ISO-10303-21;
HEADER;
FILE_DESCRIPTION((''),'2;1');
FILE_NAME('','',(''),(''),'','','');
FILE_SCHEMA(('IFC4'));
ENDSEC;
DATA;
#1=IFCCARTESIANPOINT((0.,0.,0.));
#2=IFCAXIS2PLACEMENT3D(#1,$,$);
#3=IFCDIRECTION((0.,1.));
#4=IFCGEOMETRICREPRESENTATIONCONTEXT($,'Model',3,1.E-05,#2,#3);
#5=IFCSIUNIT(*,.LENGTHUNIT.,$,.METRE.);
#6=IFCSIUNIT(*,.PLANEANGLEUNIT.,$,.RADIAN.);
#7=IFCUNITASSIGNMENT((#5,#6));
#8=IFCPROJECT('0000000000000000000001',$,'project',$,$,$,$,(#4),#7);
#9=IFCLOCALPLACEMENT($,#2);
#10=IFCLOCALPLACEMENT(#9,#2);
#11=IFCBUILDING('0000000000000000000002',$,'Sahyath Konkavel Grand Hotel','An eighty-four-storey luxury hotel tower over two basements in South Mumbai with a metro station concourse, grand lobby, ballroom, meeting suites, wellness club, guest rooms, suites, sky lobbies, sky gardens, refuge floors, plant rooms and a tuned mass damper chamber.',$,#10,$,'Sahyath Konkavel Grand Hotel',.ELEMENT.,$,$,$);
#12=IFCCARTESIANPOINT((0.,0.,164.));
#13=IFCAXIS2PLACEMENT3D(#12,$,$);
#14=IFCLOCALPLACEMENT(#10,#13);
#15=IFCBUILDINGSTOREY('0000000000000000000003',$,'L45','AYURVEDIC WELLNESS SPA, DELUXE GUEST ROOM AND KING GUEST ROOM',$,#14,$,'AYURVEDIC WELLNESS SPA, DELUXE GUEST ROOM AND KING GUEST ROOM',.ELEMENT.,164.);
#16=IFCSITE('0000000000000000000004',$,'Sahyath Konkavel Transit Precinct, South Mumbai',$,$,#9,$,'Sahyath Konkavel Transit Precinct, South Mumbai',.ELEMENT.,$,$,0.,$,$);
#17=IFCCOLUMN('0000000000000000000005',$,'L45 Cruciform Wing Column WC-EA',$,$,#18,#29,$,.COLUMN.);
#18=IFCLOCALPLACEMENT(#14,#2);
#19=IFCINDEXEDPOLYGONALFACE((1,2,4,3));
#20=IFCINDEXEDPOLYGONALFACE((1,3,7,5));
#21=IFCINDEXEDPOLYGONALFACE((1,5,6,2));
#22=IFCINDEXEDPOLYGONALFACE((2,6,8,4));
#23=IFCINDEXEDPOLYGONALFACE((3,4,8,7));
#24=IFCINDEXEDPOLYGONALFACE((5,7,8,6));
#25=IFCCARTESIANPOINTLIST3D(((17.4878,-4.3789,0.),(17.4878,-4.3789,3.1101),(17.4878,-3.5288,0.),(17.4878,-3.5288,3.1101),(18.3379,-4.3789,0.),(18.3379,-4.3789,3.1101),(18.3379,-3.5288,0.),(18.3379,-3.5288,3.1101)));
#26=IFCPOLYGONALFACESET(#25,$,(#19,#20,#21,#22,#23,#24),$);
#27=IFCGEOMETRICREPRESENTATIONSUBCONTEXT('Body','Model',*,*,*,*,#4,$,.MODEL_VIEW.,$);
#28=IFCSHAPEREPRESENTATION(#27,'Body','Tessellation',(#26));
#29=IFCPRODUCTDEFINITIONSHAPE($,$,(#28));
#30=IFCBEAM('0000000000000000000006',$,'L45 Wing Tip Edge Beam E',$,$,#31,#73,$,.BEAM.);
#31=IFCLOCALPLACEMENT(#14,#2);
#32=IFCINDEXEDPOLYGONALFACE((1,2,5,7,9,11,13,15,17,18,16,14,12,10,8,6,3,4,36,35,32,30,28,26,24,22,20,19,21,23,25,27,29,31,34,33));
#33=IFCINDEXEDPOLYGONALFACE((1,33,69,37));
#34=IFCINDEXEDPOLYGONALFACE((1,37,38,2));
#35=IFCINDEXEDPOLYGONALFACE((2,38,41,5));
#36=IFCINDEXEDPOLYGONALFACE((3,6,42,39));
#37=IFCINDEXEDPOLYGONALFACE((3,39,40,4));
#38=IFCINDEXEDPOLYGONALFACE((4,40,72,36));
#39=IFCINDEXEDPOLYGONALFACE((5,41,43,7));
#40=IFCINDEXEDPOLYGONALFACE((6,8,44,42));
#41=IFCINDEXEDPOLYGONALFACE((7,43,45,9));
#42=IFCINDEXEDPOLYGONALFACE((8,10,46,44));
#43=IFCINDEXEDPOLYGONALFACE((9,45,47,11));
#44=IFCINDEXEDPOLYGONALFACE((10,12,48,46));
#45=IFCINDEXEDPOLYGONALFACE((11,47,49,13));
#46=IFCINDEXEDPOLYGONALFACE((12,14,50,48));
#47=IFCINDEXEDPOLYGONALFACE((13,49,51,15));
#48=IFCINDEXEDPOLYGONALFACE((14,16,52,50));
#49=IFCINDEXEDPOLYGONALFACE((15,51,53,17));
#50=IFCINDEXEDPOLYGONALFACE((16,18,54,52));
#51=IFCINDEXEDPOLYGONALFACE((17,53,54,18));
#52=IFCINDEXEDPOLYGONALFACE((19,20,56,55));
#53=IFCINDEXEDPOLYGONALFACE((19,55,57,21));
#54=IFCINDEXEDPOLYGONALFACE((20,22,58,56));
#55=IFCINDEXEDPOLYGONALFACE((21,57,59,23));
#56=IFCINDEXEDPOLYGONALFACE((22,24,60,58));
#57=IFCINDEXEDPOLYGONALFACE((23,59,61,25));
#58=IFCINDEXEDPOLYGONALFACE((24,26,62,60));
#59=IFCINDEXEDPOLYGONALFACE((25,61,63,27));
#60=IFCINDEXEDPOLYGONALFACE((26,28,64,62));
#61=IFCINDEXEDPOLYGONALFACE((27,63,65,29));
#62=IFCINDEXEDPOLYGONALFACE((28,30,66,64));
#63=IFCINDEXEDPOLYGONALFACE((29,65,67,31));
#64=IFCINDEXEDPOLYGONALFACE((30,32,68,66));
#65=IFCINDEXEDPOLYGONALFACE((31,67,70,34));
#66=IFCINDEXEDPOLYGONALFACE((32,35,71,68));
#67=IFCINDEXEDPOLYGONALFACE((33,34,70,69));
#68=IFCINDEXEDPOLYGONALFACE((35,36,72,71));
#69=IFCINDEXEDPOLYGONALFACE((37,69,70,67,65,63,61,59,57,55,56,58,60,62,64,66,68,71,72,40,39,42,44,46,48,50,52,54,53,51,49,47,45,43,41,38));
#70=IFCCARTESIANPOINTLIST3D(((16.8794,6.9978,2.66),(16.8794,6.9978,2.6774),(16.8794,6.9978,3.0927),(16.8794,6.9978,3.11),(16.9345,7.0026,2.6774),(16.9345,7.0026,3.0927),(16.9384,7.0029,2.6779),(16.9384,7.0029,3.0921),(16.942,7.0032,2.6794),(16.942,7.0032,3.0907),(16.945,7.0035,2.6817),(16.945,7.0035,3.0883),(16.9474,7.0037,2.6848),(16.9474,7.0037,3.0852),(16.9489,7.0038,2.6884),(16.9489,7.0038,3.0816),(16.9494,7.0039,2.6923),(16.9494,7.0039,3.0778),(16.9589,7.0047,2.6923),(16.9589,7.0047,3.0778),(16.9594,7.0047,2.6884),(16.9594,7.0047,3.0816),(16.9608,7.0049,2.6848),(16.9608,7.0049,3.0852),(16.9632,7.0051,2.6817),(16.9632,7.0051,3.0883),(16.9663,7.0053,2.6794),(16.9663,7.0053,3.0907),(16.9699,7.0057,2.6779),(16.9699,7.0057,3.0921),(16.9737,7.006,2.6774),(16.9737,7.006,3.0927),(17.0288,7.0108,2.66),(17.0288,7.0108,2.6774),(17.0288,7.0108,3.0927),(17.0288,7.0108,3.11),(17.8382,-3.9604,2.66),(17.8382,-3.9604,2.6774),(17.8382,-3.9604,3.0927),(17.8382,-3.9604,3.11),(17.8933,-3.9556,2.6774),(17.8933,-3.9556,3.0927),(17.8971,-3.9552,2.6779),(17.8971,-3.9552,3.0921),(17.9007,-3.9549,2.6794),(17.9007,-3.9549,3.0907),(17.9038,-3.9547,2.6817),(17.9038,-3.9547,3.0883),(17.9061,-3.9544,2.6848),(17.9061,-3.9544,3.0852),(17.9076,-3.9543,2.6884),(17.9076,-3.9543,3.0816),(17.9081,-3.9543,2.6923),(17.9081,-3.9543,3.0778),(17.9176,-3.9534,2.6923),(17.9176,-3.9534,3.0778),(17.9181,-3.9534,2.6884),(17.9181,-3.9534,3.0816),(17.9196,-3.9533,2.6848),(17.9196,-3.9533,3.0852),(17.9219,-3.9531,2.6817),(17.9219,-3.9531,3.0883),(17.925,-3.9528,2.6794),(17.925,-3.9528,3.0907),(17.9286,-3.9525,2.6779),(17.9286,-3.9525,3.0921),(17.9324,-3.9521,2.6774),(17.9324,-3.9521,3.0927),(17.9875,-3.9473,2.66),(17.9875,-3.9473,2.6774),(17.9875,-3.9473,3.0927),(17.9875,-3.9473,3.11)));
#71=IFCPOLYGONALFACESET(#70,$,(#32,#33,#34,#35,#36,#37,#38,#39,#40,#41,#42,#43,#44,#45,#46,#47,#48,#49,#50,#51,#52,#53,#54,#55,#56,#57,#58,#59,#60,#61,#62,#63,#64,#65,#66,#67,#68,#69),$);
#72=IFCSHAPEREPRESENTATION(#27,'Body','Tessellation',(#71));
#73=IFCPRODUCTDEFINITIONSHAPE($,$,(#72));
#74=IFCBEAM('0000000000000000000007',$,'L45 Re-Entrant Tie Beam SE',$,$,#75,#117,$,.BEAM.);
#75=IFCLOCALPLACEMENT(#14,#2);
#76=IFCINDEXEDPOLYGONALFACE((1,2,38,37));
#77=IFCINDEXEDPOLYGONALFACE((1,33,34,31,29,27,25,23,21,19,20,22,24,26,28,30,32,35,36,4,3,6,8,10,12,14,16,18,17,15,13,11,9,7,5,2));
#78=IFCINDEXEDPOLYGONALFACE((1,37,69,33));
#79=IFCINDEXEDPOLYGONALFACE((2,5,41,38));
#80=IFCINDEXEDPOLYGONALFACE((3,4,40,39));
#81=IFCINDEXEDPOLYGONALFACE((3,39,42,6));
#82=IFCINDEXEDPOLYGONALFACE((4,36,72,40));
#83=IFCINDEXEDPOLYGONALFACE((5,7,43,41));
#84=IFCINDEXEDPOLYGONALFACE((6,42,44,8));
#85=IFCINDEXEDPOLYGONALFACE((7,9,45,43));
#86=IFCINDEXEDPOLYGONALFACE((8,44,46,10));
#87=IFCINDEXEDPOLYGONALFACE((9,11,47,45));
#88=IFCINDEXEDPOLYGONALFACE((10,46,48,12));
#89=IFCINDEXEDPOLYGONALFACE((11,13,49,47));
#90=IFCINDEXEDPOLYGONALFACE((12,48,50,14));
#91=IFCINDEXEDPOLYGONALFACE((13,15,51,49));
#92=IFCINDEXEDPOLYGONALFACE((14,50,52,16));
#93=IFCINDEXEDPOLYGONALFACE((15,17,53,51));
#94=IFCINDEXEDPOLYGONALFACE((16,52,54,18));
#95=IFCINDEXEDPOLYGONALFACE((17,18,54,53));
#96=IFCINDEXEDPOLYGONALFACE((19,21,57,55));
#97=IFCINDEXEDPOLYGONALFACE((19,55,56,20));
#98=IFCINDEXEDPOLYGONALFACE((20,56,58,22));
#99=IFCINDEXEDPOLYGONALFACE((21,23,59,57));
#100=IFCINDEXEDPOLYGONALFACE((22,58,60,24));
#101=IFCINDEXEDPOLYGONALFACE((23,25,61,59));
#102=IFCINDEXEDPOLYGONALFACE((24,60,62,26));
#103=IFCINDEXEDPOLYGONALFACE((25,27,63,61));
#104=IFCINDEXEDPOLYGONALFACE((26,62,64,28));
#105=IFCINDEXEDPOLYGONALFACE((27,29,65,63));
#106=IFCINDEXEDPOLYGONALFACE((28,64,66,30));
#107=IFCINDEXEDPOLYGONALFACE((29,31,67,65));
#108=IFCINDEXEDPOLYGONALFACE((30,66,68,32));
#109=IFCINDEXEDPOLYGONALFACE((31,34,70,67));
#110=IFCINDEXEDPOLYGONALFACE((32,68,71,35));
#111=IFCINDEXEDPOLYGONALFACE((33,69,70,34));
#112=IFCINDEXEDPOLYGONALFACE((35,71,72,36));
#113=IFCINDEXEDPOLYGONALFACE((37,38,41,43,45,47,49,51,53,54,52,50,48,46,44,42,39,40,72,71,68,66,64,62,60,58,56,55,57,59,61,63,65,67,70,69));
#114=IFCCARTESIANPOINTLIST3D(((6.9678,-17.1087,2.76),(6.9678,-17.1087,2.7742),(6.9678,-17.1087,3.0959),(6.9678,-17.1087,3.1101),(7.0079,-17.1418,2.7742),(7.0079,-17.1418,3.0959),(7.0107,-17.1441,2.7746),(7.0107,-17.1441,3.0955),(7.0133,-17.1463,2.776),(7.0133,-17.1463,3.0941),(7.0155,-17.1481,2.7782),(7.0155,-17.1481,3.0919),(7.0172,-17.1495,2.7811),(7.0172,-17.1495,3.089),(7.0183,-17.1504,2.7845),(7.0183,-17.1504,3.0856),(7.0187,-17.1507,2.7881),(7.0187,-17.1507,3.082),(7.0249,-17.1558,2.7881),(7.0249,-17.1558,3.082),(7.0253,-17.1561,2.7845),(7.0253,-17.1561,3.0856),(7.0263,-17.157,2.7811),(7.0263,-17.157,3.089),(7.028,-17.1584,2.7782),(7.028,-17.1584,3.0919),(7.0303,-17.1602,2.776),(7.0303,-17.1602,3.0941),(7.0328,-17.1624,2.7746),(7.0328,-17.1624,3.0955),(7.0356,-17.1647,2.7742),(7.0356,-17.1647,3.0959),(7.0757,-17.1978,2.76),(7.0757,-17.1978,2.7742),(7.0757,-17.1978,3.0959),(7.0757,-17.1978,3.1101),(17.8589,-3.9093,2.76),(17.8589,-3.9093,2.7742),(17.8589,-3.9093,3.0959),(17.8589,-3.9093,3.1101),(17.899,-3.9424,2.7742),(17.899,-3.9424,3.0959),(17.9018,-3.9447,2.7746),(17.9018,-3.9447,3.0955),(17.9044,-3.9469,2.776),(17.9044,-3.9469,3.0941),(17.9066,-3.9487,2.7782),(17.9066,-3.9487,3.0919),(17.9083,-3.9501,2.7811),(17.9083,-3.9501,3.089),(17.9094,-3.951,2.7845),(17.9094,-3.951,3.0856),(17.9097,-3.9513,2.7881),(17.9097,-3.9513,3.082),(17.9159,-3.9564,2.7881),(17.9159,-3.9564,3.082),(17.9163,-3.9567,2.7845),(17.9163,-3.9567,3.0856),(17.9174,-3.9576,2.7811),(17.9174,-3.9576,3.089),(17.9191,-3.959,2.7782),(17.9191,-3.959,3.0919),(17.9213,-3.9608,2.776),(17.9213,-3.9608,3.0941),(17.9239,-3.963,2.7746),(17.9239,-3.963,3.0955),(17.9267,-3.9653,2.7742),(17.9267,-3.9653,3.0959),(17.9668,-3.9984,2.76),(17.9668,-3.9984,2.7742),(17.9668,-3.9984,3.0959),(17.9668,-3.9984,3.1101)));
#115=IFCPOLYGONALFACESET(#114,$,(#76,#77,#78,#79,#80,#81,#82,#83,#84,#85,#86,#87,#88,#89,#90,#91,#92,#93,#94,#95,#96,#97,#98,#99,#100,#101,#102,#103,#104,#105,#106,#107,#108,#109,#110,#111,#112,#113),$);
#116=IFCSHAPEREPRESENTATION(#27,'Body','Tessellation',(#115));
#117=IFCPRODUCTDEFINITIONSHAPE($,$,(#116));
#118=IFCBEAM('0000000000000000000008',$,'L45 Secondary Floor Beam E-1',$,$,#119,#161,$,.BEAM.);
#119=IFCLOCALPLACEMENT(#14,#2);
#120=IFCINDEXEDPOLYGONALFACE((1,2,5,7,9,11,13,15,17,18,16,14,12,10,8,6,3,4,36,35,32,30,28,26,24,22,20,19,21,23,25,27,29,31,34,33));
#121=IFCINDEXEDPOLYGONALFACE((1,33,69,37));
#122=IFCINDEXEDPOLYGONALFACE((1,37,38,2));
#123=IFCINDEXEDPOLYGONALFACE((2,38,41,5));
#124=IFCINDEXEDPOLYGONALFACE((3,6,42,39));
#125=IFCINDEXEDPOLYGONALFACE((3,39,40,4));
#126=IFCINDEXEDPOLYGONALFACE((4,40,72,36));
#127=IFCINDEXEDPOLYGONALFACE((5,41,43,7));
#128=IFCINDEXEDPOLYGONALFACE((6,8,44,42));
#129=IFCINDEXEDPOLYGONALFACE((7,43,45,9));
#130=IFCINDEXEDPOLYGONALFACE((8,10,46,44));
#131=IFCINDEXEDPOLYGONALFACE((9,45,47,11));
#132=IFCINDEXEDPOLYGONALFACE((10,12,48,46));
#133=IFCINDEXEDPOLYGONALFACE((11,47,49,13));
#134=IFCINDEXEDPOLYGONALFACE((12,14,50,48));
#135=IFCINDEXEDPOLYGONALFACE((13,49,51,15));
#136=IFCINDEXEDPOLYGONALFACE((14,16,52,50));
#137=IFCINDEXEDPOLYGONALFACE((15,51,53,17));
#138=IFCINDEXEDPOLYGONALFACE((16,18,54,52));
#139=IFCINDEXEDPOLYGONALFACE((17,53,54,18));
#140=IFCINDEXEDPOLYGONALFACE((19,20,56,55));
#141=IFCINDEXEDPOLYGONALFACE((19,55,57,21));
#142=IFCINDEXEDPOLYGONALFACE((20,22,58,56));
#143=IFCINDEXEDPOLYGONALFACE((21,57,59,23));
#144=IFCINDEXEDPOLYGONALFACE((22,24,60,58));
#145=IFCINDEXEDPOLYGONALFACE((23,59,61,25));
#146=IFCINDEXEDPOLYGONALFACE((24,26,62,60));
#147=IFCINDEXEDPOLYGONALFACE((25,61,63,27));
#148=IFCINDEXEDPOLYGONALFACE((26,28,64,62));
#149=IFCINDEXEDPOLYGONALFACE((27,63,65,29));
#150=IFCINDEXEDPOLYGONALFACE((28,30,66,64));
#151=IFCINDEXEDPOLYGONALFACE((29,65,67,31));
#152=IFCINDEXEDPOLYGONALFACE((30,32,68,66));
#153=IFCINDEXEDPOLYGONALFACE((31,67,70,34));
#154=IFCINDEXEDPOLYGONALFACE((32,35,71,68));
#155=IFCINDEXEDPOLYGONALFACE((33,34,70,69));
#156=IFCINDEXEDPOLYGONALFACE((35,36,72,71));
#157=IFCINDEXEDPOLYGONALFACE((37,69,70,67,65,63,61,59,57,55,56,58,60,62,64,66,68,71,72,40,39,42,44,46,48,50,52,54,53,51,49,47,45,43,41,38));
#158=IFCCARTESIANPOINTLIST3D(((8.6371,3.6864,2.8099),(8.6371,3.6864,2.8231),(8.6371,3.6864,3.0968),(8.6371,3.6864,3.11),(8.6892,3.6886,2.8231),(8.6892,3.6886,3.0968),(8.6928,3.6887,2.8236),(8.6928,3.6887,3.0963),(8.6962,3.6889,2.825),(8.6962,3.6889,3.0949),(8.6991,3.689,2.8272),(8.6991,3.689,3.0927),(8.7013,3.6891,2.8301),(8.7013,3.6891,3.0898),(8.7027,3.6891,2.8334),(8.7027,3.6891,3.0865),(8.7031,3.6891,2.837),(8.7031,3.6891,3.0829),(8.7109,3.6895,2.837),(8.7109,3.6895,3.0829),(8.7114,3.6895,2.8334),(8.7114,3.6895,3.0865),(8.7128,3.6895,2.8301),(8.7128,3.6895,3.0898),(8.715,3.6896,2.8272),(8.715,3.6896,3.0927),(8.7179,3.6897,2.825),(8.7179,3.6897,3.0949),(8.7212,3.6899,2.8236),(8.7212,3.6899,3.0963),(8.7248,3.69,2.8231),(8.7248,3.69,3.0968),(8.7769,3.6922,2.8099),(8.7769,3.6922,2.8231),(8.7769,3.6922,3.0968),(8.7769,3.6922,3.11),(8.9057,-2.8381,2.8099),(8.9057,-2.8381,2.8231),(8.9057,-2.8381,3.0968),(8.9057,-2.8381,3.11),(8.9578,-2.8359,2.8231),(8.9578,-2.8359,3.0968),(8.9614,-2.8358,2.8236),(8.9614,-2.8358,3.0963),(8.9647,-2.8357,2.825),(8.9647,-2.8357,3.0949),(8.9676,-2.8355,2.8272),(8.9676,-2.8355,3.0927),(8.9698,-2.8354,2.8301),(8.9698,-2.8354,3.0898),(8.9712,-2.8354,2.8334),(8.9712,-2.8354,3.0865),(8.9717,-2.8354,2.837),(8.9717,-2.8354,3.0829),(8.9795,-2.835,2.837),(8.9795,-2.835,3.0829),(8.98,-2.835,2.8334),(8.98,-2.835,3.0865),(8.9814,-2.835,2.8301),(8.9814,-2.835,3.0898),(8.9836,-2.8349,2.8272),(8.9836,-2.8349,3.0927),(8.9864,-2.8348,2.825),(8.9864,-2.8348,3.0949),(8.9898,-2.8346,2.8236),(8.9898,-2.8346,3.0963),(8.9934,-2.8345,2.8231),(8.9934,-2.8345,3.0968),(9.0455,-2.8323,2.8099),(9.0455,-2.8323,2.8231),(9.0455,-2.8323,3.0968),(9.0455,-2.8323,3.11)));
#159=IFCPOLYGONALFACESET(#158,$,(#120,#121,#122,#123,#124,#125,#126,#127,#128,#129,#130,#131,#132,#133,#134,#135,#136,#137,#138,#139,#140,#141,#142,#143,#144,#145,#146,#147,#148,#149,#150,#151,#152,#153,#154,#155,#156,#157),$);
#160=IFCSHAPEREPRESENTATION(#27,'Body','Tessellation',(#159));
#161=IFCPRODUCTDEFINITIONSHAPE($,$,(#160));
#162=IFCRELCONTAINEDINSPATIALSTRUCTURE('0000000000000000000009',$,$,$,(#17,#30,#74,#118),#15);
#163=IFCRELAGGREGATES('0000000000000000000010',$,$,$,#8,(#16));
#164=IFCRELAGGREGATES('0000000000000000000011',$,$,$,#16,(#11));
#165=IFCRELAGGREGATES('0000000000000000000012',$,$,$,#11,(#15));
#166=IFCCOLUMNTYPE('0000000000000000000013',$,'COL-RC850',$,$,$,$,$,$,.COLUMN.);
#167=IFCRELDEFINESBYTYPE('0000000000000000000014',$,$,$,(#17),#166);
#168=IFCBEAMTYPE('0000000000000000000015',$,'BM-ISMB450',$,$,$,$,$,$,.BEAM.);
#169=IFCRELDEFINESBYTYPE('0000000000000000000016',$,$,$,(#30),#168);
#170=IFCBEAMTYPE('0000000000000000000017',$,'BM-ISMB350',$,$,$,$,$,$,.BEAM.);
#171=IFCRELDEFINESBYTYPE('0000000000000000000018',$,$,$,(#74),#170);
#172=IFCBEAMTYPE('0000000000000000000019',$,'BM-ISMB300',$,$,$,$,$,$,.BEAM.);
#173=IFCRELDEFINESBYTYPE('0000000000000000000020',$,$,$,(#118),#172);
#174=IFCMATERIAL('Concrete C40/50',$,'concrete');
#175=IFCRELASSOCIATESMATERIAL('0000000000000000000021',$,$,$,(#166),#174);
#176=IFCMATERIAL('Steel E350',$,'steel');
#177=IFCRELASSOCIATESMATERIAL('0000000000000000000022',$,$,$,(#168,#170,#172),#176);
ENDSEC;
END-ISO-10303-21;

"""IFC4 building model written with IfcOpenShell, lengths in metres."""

from ifc_helpers import new_model, si_unit, direction, frame, origin, origin_2d, place, context, subcontext, project, spatial, rectangle, i_section, extrude, source, transform, mapped, material, material_profile, profile_set, type_object, element, save


model = new_model("IFC4")

# Units and contexts
model_context = context("Model", 3, precision=1e-05, world=origin(), true_north=direction((0.0, 1.0)))
body_context = subcontext(model_context, "Body", "Model", "MODEL_VIEW")
ifc_project = project(units=[si_unit("LENGTHUNIT", "METRE"), si_unit("PLANEANGLEUNIT", "RADIAN")], contexts=[model_context])

# Site, building, storey
site_placement = place(None, origin())
site = spatial("IfcSite", under=ifc_project, at=site_placement, Name="Sahyath Konkavel Transit Precinct, South Mumbai", LongName="Sahyath Konkavel Transit Precinct, South Mumbai", CompositionType="ELEMENT", RefElevation=0.0)
building_placement = place(site_placement, origin())
building = spatial("IfcBuilding", under=site, at=building_placement, Name="Sahyath Konkavel Grand Hotel", Description="An eighty-four-storey luxury hotel tower over two basements in South Mumbai with a metro station concourse, grand lobby, ballroom, meeting suites, wellness club, guest rooms, suites, sky lobbies, sky gardens, refuge floors, plant rooms and a tuned mass damper chamber.", LongName="Sahyath Konkavel Grand Hotel", CompositionType="ELEMENT")
storey_placement = place(building_placement, frame((0.0, 0.0, 164.0)))
storey = spatial("IfcBuildingStorey", under=building, at=storey_placement, Name="L45", Description="AYURVEDIC WELLNESS SPA, DELUXE GUEST ROOM AND KING GUEST ROOM", LongName="AYURVEDIC WELLNESS SPA, DELUXE GUEST ROOM AND KING GUEST ROOM", CompositionType="ELEMENT", Elevation=164.0)

# Column
ifc_material_1 = material(Name="Concrete C40/50", Category="concrete")
ifc_material_profile_1 = material_profile(ifc_material_1, rectangle(XDim=0.8501, YDim=0.8501, at=origin_2d()), Name="RC 850x850")
ifc_profile_set_1 = profile_set([ifc_material_profile_1], Name="Concrete C40/50")
column_type = type_object("IfcColumnType", Name="COL-RC850", PredefinedType="COLUMN", material=ifc_profile_set_1)
shared_shape_1 = source(origin(), body_context, "Body", "SweptSolid", [
    extrude(rectangle(XDim=0.8501, YDim=0.8501, at=origin_2d()), origin(), (0.0, 0.0, 1.0), 3.1101),
])
column_placement = place(storey_placement, frame((17.9128, -3.9539, 0.0), z_axis=(0.0, 0.0, 1.0), x_axis=(1.0, 0.0, 0.0)))
element("IfcColumn", 1, at=column_placement, inside=storey, type_object=column_type, Name="L45 Cruciform Wing Column WC-EA", PredefinedType="COLUMN", context=body_context, shape_type="MappedRepresentation", body=[
    mapped(shared_shape_1, transform((0.0, 0.0, 0.0), scale=1.0)),
])

# Beams
ifc_material_2 = material(Name="Steel E350", Category="steel")
ifc_material_profile_2 = material_profile(ifc_material_2, i_section(OverallWidth=0.1499, OverallDepth=0.45, WebThickness=0.0095, FlangeThickness=0.0173, FilletRadius=0.0149, at=origin_2d()), Name="ISMB 450")
ifc_profile_set_2 = profile_set([ifc_material_profile_2], Name="Steel E350")
beam_type_1 = type_object("IfcBeamType", Name="BM-ISMB450", PredefinedType="BEAM", material=ifc_profile_set_2)
shared_shape_2 = source(origin(), body_context, "Body", "SweptSolid", [
    extrude(i_section(OverallWidth=0.1499, OverallDepth=0.45, WebThickness=0.0095, FlangeThickness=0.0173, FilletRadius=0.0149, at=origin_2d()), origin(), (0.0, 0.0, 1.0), 11.0),
])
beam_1_placement = place(storey_placement, frame((17.9128, -3.9539, 2.885), z_axis=(-0.087157, 0.996195, 0.0), x_axis=(-0.996195, -0.087157, 0.0)))
element("IfcBeam", 2, at=beam_1_placement, inside=storey, type_object=beam_type_1, Name="L45 Wing Tip Edge Beam E", PredefinedType="BEAM", context=body_context, shape_type="MappedRepresentation", body=[
    mapped(shared_shape_2, transform((0.0, 0.0, 0.0), scale=1.0)),
])
ifc_material_profile_3 = material_profile(ifc_material_2, i_section(OverallWidth=0.1399, OverallDepth=0.3501, WebThickness=0.0081, FlangeThickness=0.0142, FilletRadius=0.0139, at=origin_2d()), Name="ISMB 350")
ifc_profile_set_3 = profile_set([ifc_material_profile_3], Name="Steel E350")
beam_type_2 = type_object("IfcBeamType", Name="BM-ISMB350", PredefinedType="BEAM", material=ifc_profile_set_3)
shared_shape_3 = source(origin(), body_context, "Body", "SweptSolid", [
    extrude(i_section(OverallWidth=0.1399, OverallDepth=0.3501, WebThickness=0.0081, FlangeThickness=0.0142, FilletRadius=0.0139, at=origin_2d()), origin(), (0.0, 0.0, 1.0), 17.1125),
])
beam_2_placement = place(storey_placement, frame((17.9128, -3.9539, 2.9351), z_axis=(-0.636437, -0.771329, 0.0), x_axis=(0.771329, -0.636437, 0.0)))
element("IfcBeam", 3, at=beam_2_placement, inside=storey, type_object=beam_type_2, Name="L45 Re-Entrant Tie Beam SE", PredefinedType="BEAM", context=body_context, shape_type="MappedRepresentation", body=[
    mapped(shared_shape_3, transform((0.0, 0.0, 0.0), scale=1.0)),
])
ifc_material_profile_4 = material_profile(ifc_material_2, i_section(OverallWidth=0.1399, OverallDepth=0.3, WebThickness=0.0078, FlangeThickness=0.0132, FilletRadius=0.0139, at=origin_2d()), Name="ISMB 300")
ifc_profile_set_4 = profile_set([ifc_material_profile_4], Name="Steel E350")
beam_type_3 = type_object("IfcBeamType", Name="BM-ISMB300", PredefinedType="BEAM", material=ifc_profile_set_4)
shared_shape_4 = source(origin(), body_context, "Body", "SweptSolid", [
    extrude(i_section(OverallWidth=0.1399, OverallDepth=0.3, WebThickness=0.0078, FlangeThickness=0.0132, FilletRadius=0.0139, at=origin_2d()), origin(), (0.0, 0.0, 1.0), 6.53),
])
beam_3_placement = place(storey_placement, frame((8.9756, -2.8352, 2.96), z_axis=(-0.041127, 0.999154, 0.0), x_axis=(-0.999154, -0.041127, 0.0)))
element("IfcBeam", 4, at=beam_3_placement, inside=storey, type_object=beam_type_3, Name="L45 Secondary Floor Beam E-1", PredefinedType="BEAM", context=body_context, shape_type="MappedRepresentation", body=[
    mapped(shared_shape_4, transform((0.0, 0.0, 0.0), scale=1.0)),
])

save(model, "model.ifc")
